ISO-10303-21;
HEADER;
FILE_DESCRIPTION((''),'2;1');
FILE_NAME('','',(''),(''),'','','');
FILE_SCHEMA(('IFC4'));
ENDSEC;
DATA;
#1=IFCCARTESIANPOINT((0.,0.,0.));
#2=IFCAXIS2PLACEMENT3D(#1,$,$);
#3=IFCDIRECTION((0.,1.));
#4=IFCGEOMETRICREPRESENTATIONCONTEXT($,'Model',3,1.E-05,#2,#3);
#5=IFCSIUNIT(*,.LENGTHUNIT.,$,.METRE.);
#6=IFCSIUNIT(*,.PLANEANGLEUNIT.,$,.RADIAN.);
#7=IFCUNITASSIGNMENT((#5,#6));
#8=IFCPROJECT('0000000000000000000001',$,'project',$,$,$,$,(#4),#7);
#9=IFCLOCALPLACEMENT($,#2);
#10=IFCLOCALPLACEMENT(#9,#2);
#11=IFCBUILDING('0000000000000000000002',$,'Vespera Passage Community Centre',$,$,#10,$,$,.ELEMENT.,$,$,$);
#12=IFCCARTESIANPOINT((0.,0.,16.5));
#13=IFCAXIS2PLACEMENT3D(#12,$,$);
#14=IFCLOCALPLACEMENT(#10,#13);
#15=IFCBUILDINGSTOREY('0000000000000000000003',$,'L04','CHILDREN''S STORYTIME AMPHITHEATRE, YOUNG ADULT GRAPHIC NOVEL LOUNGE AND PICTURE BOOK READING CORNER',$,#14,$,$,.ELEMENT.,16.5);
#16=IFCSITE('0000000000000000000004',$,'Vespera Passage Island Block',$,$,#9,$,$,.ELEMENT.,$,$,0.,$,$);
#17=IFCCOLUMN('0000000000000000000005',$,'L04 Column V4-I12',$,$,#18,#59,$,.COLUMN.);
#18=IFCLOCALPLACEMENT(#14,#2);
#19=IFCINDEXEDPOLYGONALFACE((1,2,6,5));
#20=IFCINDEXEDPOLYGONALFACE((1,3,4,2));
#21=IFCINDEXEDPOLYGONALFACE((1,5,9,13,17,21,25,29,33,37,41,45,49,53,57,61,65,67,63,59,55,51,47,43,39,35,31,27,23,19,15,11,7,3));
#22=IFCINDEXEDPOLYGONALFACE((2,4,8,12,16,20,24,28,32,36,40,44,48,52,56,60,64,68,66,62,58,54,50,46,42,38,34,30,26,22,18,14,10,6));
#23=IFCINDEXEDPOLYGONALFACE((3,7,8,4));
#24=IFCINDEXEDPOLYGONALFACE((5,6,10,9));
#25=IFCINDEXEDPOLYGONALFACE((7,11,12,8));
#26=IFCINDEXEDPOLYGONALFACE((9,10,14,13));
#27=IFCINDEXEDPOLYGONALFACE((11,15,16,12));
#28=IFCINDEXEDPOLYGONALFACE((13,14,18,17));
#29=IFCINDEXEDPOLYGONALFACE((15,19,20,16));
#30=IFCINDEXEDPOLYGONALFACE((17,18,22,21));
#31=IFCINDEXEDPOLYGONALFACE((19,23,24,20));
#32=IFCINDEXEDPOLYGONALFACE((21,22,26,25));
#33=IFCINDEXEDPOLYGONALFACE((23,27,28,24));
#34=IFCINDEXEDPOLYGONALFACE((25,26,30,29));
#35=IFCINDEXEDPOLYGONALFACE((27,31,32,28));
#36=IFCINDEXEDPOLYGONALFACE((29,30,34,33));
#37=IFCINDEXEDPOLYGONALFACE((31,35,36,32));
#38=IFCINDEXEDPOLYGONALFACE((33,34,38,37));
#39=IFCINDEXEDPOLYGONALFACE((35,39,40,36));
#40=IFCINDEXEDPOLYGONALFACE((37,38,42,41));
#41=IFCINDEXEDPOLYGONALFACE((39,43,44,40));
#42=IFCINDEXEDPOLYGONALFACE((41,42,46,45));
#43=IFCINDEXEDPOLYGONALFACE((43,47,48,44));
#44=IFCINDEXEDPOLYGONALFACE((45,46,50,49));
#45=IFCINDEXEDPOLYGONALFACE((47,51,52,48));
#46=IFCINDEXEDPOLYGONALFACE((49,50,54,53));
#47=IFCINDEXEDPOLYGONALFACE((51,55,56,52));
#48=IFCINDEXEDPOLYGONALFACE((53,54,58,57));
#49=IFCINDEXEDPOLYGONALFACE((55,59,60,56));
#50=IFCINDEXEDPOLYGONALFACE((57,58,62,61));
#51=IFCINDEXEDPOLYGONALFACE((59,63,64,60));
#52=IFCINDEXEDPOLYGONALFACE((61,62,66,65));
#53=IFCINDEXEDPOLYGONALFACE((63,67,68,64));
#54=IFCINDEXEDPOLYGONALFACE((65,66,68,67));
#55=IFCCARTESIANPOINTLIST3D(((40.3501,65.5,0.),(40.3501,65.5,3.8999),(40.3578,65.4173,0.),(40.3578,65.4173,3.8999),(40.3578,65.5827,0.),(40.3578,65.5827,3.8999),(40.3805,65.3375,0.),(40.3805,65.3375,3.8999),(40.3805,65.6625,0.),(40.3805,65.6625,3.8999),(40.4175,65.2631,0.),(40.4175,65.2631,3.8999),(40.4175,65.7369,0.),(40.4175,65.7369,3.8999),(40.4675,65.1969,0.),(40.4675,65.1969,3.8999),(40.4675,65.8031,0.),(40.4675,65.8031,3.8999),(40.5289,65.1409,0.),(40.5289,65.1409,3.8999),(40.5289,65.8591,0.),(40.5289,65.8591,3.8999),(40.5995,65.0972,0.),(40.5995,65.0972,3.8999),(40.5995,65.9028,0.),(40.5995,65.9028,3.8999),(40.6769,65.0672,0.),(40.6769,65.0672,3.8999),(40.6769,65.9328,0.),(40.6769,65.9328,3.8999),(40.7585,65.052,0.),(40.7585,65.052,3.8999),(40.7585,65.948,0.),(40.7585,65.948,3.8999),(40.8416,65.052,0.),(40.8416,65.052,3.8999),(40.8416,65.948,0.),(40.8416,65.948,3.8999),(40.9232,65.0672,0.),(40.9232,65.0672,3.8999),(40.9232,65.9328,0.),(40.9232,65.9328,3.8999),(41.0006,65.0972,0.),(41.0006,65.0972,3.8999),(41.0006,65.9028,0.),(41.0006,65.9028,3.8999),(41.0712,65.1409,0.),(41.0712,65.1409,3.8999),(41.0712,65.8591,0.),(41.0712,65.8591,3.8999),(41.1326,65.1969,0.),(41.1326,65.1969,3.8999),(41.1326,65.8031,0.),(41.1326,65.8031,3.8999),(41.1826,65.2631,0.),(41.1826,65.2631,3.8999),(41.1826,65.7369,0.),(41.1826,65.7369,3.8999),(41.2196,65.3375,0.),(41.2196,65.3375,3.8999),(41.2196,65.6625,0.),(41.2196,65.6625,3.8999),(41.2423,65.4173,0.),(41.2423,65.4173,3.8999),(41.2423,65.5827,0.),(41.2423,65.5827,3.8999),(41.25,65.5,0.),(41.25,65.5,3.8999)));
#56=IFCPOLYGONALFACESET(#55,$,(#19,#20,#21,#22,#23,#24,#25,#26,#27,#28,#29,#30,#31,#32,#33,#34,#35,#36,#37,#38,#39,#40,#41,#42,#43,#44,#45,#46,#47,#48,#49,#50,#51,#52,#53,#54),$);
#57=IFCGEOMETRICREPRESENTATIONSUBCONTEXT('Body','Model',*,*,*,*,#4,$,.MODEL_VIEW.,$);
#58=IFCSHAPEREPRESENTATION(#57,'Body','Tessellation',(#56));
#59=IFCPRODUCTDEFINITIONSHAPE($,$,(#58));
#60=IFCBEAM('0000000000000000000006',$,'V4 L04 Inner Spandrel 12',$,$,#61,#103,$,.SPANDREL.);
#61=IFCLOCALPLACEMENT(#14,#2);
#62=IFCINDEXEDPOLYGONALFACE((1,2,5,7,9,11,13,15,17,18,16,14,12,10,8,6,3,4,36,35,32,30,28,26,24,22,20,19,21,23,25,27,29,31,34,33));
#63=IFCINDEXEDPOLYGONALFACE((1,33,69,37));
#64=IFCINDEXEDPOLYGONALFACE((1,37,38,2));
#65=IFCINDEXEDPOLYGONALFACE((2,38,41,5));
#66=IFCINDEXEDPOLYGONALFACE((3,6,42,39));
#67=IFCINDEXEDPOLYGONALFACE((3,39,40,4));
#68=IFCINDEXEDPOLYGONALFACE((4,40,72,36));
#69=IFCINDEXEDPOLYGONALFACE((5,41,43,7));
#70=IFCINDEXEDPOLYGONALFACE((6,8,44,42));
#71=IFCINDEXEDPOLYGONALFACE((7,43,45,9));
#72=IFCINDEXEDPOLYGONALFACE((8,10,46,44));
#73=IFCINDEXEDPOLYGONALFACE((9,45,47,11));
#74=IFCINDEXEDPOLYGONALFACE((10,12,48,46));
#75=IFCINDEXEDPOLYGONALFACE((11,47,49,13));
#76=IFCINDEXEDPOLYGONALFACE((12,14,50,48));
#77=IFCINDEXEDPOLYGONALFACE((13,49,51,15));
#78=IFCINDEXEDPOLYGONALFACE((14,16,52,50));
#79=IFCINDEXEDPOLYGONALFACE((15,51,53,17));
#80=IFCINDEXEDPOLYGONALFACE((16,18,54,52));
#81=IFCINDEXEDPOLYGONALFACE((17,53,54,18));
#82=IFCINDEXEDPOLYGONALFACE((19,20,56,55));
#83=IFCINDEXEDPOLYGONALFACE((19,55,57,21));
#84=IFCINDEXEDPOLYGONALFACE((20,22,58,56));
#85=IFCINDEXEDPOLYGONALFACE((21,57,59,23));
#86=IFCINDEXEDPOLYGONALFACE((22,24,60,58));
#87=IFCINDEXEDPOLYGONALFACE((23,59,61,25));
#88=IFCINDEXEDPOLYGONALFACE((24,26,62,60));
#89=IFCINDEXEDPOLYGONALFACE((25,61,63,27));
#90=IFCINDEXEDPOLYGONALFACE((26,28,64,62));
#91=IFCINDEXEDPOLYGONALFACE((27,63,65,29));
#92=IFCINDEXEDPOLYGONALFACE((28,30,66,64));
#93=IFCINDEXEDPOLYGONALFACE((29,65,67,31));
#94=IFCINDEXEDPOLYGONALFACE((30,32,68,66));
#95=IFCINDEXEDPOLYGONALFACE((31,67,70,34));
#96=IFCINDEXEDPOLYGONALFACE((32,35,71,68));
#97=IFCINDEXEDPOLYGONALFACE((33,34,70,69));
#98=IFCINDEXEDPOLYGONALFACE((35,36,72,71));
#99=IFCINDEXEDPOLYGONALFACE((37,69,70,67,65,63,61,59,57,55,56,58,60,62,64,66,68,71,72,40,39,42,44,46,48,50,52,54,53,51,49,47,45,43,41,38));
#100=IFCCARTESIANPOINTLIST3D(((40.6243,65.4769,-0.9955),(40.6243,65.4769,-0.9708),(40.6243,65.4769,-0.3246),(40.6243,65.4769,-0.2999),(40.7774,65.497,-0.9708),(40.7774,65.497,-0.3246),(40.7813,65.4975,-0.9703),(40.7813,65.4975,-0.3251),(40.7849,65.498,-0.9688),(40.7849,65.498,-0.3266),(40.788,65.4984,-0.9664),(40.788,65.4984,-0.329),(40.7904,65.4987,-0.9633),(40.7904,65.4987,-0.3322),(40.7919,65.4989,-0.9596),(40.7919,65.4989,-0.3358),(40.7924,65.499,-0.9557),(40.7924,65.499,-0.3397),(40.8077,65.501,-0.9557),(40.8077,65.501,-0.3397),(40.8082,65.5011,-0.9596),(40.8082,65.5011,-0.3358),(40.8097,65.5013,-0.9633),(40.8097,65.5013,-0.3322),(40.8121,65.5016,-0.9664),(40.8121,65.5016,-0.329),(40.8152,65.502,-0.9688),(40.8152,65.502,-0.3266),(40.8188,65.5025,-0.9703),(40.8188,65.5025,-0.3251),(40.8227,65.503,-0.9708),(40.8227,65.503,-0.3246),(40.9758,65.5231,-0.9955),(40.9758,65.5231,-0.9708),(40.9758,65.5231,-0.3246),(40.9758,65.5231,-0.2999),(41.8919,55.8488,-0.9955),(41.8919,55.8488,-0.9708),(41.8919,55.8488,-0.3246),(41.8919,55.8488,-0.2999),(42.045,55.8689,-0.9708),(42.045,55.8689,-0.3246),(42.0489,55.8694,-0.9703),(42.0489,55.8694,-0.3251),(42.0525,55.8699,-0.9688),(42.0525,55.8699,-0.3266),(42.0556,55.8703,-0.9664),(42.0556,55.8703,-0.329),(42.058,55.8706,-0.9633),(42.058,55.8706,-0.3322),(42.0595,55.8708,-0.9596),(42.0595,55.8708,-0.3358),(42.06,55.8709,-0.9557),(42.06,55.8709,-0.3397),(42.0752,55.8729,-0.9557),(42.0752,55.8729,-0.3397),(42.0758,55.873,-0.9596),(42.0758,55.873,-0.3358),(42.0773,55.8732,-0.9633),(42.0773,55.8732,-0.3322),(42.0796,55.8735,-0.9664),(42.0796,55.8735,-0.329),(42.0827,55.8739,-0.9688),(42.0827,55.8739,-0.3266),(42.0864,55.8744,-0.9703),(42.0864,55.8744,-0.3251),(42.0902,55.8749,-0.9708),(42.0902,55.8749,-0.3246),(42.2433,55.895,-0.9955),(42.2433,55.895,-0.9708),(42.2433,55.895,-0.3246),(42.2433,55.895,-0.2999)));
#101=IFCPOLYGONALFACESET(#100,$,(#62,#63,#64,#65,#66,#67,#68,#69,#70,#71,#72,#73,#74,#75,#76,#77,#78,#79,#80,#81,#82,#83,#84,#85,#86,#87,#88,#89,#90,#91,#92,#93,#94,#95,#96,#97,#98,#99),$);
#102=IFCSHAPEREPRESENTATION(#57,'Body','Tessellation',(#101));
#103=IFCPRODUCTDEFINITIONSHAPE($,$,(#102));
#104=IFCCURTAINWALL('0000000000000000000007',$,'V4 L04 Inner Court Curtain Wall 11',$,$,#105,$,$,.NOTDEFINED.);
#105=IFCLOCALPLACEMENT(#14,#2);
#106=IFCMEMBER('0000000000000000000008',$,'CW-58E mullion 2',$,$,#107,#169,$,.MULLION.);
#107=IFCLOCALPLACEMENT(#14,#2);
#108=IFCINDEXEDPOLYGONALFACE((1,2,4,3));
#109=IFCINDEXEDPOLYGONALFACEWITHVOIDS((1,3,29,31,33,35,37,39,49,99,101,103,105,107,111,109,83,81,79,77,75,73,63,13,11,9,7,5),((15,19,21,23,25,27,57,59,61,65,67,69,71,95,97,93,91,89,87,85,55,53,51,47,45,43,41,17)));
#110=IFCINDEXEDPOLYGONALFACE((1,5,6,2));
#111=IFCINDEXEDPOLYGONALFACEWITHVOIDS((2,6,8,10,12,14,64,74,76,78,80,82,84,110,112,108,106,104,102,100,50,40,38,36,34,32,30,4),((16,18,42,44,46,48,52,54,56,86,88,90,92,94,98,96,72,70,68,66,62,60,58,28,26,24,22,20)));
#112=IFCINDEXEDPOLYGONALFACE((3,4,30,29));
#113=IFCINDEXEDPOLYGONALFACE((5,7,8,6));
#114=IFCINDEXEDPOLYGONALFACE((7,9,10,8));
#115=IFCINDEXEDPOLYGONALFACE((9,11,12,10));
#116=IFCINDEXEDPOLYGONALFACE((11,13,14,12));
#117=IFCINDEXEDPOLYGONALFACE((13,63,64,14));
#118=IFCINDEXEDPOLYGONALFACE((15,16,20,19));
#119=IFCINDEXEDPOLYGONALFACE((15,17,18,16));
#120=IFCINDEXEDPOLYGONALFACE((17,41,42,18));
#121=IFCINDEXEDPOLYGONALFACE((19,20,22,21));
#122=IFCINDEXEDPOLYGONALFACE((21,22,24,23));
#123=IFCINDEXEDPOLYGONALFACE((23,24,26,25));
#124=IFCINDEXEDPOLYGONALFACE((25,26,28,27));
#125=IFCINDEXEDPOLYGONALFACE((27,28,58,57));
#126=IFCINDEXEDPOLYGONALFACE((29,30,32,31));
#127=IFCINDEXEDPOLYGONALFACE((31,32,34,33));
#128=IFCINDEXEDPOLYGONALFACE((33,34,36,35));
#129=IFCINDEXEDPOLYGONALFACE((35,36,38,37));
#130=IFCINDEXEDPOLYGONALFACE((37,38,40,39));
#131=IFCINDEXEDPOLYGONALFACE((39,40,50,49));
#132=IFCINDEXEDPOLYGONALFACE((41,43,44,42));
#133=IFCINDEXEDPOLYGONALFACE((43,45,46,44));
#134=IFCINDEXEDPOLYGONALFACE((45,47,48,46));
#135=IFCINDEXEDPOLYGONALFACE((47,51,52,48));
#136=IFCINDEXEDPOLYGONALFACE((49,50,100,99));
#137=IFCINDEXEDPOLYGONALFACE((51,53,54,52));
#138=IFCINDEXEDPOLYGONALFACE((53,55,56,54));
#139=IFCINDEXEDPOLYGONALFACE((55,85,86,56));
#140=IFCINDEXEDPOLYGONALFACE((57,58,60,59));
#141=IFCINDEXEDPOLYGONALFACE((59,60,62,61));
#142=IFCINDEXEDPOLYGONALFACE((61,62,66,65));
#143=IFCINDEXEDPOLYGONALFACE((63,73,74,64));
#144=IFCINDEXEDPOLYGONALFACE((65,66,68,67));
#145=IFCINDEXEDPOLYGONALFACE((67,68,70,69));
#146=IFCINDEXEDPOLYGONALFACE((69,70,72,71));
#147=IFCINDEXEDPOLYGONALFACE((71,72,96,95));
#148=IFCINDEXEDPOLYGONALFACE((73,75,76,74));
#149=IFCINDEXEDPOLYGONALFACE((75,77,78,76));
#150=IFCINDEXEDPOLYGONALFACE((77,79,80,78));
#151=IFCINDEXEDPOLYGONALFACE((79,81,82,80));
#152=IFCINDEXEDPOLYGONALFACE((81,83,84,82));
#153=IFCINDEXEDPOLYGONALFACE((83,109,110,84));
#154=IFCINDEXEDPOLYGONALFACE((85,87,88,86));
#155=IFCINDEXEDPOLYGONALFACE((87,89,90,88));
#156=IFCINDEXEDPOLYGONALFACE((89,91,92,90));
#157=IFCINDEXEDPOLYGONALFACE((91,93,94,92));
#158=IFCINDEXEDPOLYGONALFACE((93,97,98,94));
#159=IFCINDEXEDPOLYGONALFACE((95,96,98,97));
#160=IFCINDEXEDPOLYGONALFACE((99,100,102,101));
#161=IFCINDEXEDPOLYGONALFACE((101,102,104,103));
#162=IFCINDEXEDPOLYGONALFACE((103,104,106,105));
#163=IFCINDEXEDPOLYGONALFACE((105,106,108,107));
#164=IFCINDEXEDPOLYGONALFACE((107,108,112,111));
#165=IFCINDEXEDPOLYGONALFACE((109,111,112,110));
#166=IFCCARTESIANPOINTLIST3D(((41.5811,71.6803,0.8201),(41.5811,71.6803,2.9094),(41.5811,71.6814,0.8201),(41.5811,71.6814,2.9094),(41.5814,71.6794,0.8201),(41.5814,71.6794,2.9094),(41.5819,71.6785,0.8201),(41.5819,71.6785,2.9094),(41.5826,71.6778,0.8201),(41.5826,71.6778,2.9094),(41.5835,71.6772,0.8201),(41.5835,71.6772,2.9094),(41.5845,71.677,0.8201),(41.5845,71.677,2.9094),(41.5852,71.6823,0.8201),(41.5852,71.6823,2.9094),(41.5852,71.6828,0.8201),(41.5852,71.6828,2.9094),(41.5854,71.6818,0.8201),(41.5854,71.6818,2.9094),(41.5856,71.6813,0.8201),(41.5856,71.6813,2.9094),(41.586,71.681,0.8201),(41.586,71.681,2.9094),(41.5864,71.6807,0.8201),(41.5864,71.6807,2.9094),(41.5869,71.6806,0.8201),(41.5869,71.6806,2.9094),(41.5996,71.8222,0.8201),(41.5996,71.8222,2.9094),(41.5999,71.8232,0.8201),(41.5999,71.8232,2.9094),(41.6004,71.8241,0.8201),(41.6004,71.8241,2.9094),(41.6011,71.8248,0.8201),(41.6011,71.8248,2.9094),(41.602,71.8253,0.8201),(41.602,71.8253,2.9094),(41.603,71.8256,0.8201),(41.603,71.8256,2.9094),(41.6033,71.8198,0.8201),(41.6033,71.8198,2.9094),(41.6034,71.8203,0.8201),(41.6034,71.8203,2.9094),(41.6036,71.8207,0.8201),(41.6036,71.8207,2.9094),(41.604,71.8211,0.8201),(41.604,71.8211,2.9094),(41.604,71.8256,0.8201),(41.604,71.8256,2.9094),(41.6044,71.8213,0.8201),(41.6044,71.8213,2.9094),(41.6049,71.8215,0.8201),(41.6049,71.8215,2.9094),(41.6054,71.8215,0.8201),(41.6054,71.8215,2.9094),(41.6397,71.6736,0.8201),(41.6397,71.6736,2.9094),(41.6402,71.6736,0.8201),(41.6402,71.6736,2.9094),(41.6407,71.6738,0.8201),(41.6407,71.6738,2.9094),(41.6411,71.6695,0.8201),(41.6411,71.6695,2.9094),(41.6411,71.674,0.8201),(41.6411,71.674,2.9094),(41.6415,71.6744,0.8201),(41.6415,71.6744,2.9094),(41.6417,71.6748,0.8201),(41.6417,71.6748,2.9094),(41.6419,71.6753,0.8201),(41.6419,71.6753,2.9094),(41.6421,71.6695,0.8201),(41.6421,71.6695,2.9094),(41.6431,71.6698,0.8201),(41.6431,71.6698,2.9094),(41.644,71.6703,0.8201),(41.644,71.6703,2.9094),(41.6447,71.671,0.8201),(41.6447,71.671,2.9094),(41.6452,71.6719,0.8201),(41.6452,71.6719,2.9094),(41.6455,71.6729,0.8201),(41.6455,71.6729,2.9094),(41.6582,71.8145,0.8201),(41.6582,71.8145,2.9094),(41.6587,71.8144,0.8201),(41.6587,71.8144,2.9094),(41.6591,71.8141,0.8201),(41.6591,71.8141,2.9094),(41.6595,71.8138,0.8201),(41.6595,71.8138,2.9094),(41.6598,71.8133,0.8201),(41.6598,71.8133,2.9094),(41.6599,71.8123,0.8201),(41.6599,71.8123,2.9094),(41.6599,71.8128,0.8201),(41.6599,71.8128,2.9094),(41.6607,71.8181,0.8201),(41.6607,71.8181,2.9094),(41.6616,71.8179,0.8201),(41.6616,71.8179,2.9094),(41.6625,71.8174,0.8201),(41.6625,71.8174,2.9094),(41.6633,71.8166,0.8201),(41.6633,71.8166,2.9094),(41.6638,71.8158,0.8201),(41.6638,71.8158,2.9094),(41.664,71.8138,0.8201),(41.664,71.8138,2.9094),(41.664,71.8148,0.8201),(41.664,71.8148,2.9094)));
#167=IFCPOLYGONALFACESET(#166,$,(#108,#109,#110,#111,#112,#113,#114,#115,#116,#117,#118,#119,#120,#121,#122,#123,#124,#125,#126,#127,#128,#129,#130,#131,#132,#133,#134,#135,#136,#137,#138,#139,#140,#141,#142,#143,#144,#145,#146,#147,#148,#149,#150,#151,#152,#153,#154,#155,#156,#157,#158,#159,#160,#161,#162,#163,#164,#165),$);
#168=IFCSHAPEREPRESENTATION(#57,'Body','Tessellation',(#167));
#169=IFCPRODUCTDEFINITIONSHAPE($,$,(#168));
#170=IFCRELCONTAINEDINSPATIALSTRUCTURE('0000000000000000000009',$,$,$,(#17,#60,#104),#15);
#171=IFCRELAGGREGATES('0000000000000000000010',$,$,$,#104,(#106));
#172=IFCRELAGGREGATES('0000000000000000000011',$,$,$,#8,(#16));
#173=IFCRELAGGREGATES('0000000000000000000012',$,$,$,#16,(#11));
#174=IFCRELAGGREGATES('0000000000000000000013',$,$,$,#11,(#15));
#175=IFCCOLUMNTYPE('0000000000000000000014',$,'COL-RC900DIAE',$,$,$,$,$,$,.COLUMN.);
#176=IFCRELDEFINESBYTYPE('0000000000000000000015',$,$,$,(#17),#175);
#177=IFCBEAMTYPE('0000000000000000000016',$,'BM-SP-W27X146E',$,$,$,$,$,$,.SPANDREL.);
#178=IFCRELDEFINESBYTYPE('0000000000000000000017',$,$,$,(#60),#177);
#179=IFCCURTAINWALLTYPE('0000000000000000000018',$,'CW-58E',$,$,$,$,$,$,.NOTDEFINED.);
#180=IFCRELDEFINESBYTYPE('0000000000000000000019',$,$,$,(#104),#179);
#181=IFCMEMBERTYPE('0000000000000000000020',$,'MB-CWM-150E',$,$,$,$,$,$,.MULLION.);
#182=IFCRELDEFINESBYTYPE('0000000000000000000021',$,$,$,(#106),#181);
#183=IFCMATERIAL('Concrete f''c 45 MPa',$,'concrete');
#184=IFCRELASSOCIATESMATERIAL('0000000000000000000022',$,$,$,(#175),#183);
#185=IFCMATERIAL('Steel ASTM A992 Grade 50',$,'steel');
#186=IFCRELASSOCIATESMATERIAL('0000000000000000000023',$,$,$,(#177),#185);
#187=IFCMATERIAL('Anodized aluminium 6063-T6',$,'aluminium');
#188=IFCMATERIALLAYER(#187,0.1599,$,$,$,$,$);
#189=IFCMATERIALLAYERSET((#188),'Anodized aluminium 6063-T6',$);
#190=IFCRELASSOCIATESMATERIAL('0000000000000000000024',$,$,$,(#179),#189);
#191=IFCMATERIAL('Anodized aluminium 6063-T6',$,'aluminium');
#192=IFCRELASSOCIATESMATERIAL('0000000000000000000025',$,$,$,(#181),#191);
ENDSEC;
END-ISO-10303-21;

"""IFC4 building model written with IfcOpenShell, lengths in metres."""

from ifc_helpers import new_model, si_unit, direction, frame, origin, origin_2d, place, context, subcontext, project, spatial, hollow_rectangle, circle, i_section, extrude, material, layer, layer_set, material_profile, profile_set, type_object, element, aggregate, save


model = new_model("IFC4")

# Units and contexts
model_context = context("Model", 3, precision=1e-05, world=origin(), true_north=direction((0.0, 1.0)))
body_context = subcontext(model_context, "Body", "Model", "MODEL_VIEW")
ifc_project = project(units=[si_unit("LENGTHUNIT", "METRE"), si_unit("PLANEANGLEUNIT", "RADIAN")], contexts=[model_context])

# Site, building, storey
site_placement = place(None, origin())
site = spatial("IfcSite", under=ifc_project, at=site_placement, Name="Vespera Passage Island Block", CompositionType="ELEMENT", RefElevation=0.0)
building_placement = place(site_placement, origin())
building = spatial("IfcBuilding", under=site, at=building_placement, Name="Vespera Passage Community Centre", CompositionType="ELEMENT")
storey_placement = place(building_placement, frame((0.0, 0.0, 16.5)))
storey = spatial("IfcBuildingStorey", under=building, at=storey_placement, Name="L04", Description="CHILDREN'S STORYTIME AMPHITHEATRE, YOUNG ADULT GRAPHIC NOVEL LOUNGE AND PICTURE BOOK READING CORNER", CompositionType="ELEMENT", Elevation=16.5)

# Column
ifc_material_1 = material(Name="Concrete f'c 45 MPa", Category="concrete")
ifc_material_profile_1 = material_profile(ifc_material_1, circle(Radius=0.45, at=origin_2d()), Name="RC900DIA")
ifc_profile_set_1 = profile_set([ifc_material_profile_1], Name="Concrete f'c 45 MPa")
column_type = type_object("IfcColumnType", Name="COL-RC900DIAE", PredefinedType="COLUMN", material=ifc_profile_set_1)
column_placement = place(storey_placement, frame((40.8, 65.5, 0.0), z_axis=(0.0, 0.0, 1.0), x_axis=(1.0, 0.0, 0.0)))
element("IfcColumn", 1, at=column_placement, inside=storey, type_object=column_type, Name="L04 Column V4-I12", PredefinedType="COLUMN", context=body_context, shape_type="SweptSolid", body=[
    extrude(circle(Radius=0.45, at=origin_2d()), origin(), (0.0, 0.0, 1.0), 3.8999),
])

# Beam
ifc_material_2 = material(Name="Steel ASTM A992 Grade 50", Category="steel")
ifc_material_profile_2 = material_profile(ifc_material_2, i_section(OverallWidth=0.3545, OverallDepth=0.6956, WebThickness=0.0154, FlangeThickness=0.0247, FilletRadius=0.0151, at=origin_2d()), Name="W27X146")
ifc_profile_set_2 = profile_set([ifc_material_profile_2], Name="Steel ASTM A992 Grade 50")
beam_type = type_object("IfcBeamType", Name="BM-SP-W27X146E", PredefinedType="SPANDREL", material=ifc_profile_set_2)
beam_placement = place(storey_placement, frame((40.8, 65.5, -0.6477), z_axis=(0.130527, -0.991445, 0.0), x_axis=(0.991445, 0.130527, 0.0)))
element("IfcBeam", 2, at=beam_placement, inside=storey, type_object=beam_type, Name="V4 L04 Inner Spandrel 12", PredefinedType="SPANDREL", context=body_context, shape_type="SweptSolid", body=[
    extrude(i_section(OverallWidth=0.3545, OverallDepth=0.6956, WebThickness=0.0154, FlangeThickness=0.0247, FilletRadius=0.0151, at=origin_2d()), origin(), (0.0, 0.0, 1.0), 9.7112),
])

# Curtain wall, member
ifc_material_3 = material(Name="Anodized aluminium 6063-T6", Category="aluminium")
ifc_layer_1 = layer(ifc_material_3, 0.1599)
ifc_layer_set_1 = layer_set([ifc_layer_1], Name="Anodized aluminium 6063-T6")
curtain_wall_type = type_object("IfcCurtainWallType", Name="CW-58E", PredefinedType="NOTDEFINED", material=ifc_layer_set_1)
curtain_wall_placement = place(storey_placement, origin())
curtain_wall = element("IfcCurtainWall", 3, at=curtain_wall_placement, inside=storey, type_object=curtain_wall_type, Name="V4 L04 Inner Court Curtain Wall 11", PredefinedType="NOTDEFINED")
ifc_material_4 = material(Name="Anodized aluminium 6063-T6", Category="aluminium")
ifc_material_profile_3 = material_profile(ifc_material_4, hollow_rectangle(XDim=0.0649, YDim=0.1499, WallThickness=0.0039, InnerFilletRadius=0.002, OuterFilletRadius=0.0039, at=origin_2d()), Name="ALU150X65X4")
ifc_profile_set_3 = profile_set([ifc_material_profile_3], Name="Anodized aluminium 6063-T6")
member_type_1 = type_object("IfcMemberType", Name="MB-CWM-150E", PredefinedType="MULLION", material=ifc_profile_set_3)
member_1_placement = place(storey_placement, frame((41.6226, 71.7476, 0.8201), z_axis=(0.0, 0.0, 1.0), x_axis=(0.991445, -0.130522, 0.0)))
member_1 = element("IfcMember", 4, at=member_1_placement, type_object=member_type_1, Name="CW-58E mullion 2", PredefinedType="MULLION", context=body_context, shape_type="SweptSolid", body=[
    extrude(hollow_rectangle(XDim=0.0649, YDim=0.1499, WallThickness=0.0039, InnerFilletRadius=0.002, OuterFilletRadius=0.0039, at=origin_2d()), origin(), (0.0, 0.0, 1.0), 2.0894),
])
aggregate(curtain_wall, [member_1])

save(model, "model.ifc")
